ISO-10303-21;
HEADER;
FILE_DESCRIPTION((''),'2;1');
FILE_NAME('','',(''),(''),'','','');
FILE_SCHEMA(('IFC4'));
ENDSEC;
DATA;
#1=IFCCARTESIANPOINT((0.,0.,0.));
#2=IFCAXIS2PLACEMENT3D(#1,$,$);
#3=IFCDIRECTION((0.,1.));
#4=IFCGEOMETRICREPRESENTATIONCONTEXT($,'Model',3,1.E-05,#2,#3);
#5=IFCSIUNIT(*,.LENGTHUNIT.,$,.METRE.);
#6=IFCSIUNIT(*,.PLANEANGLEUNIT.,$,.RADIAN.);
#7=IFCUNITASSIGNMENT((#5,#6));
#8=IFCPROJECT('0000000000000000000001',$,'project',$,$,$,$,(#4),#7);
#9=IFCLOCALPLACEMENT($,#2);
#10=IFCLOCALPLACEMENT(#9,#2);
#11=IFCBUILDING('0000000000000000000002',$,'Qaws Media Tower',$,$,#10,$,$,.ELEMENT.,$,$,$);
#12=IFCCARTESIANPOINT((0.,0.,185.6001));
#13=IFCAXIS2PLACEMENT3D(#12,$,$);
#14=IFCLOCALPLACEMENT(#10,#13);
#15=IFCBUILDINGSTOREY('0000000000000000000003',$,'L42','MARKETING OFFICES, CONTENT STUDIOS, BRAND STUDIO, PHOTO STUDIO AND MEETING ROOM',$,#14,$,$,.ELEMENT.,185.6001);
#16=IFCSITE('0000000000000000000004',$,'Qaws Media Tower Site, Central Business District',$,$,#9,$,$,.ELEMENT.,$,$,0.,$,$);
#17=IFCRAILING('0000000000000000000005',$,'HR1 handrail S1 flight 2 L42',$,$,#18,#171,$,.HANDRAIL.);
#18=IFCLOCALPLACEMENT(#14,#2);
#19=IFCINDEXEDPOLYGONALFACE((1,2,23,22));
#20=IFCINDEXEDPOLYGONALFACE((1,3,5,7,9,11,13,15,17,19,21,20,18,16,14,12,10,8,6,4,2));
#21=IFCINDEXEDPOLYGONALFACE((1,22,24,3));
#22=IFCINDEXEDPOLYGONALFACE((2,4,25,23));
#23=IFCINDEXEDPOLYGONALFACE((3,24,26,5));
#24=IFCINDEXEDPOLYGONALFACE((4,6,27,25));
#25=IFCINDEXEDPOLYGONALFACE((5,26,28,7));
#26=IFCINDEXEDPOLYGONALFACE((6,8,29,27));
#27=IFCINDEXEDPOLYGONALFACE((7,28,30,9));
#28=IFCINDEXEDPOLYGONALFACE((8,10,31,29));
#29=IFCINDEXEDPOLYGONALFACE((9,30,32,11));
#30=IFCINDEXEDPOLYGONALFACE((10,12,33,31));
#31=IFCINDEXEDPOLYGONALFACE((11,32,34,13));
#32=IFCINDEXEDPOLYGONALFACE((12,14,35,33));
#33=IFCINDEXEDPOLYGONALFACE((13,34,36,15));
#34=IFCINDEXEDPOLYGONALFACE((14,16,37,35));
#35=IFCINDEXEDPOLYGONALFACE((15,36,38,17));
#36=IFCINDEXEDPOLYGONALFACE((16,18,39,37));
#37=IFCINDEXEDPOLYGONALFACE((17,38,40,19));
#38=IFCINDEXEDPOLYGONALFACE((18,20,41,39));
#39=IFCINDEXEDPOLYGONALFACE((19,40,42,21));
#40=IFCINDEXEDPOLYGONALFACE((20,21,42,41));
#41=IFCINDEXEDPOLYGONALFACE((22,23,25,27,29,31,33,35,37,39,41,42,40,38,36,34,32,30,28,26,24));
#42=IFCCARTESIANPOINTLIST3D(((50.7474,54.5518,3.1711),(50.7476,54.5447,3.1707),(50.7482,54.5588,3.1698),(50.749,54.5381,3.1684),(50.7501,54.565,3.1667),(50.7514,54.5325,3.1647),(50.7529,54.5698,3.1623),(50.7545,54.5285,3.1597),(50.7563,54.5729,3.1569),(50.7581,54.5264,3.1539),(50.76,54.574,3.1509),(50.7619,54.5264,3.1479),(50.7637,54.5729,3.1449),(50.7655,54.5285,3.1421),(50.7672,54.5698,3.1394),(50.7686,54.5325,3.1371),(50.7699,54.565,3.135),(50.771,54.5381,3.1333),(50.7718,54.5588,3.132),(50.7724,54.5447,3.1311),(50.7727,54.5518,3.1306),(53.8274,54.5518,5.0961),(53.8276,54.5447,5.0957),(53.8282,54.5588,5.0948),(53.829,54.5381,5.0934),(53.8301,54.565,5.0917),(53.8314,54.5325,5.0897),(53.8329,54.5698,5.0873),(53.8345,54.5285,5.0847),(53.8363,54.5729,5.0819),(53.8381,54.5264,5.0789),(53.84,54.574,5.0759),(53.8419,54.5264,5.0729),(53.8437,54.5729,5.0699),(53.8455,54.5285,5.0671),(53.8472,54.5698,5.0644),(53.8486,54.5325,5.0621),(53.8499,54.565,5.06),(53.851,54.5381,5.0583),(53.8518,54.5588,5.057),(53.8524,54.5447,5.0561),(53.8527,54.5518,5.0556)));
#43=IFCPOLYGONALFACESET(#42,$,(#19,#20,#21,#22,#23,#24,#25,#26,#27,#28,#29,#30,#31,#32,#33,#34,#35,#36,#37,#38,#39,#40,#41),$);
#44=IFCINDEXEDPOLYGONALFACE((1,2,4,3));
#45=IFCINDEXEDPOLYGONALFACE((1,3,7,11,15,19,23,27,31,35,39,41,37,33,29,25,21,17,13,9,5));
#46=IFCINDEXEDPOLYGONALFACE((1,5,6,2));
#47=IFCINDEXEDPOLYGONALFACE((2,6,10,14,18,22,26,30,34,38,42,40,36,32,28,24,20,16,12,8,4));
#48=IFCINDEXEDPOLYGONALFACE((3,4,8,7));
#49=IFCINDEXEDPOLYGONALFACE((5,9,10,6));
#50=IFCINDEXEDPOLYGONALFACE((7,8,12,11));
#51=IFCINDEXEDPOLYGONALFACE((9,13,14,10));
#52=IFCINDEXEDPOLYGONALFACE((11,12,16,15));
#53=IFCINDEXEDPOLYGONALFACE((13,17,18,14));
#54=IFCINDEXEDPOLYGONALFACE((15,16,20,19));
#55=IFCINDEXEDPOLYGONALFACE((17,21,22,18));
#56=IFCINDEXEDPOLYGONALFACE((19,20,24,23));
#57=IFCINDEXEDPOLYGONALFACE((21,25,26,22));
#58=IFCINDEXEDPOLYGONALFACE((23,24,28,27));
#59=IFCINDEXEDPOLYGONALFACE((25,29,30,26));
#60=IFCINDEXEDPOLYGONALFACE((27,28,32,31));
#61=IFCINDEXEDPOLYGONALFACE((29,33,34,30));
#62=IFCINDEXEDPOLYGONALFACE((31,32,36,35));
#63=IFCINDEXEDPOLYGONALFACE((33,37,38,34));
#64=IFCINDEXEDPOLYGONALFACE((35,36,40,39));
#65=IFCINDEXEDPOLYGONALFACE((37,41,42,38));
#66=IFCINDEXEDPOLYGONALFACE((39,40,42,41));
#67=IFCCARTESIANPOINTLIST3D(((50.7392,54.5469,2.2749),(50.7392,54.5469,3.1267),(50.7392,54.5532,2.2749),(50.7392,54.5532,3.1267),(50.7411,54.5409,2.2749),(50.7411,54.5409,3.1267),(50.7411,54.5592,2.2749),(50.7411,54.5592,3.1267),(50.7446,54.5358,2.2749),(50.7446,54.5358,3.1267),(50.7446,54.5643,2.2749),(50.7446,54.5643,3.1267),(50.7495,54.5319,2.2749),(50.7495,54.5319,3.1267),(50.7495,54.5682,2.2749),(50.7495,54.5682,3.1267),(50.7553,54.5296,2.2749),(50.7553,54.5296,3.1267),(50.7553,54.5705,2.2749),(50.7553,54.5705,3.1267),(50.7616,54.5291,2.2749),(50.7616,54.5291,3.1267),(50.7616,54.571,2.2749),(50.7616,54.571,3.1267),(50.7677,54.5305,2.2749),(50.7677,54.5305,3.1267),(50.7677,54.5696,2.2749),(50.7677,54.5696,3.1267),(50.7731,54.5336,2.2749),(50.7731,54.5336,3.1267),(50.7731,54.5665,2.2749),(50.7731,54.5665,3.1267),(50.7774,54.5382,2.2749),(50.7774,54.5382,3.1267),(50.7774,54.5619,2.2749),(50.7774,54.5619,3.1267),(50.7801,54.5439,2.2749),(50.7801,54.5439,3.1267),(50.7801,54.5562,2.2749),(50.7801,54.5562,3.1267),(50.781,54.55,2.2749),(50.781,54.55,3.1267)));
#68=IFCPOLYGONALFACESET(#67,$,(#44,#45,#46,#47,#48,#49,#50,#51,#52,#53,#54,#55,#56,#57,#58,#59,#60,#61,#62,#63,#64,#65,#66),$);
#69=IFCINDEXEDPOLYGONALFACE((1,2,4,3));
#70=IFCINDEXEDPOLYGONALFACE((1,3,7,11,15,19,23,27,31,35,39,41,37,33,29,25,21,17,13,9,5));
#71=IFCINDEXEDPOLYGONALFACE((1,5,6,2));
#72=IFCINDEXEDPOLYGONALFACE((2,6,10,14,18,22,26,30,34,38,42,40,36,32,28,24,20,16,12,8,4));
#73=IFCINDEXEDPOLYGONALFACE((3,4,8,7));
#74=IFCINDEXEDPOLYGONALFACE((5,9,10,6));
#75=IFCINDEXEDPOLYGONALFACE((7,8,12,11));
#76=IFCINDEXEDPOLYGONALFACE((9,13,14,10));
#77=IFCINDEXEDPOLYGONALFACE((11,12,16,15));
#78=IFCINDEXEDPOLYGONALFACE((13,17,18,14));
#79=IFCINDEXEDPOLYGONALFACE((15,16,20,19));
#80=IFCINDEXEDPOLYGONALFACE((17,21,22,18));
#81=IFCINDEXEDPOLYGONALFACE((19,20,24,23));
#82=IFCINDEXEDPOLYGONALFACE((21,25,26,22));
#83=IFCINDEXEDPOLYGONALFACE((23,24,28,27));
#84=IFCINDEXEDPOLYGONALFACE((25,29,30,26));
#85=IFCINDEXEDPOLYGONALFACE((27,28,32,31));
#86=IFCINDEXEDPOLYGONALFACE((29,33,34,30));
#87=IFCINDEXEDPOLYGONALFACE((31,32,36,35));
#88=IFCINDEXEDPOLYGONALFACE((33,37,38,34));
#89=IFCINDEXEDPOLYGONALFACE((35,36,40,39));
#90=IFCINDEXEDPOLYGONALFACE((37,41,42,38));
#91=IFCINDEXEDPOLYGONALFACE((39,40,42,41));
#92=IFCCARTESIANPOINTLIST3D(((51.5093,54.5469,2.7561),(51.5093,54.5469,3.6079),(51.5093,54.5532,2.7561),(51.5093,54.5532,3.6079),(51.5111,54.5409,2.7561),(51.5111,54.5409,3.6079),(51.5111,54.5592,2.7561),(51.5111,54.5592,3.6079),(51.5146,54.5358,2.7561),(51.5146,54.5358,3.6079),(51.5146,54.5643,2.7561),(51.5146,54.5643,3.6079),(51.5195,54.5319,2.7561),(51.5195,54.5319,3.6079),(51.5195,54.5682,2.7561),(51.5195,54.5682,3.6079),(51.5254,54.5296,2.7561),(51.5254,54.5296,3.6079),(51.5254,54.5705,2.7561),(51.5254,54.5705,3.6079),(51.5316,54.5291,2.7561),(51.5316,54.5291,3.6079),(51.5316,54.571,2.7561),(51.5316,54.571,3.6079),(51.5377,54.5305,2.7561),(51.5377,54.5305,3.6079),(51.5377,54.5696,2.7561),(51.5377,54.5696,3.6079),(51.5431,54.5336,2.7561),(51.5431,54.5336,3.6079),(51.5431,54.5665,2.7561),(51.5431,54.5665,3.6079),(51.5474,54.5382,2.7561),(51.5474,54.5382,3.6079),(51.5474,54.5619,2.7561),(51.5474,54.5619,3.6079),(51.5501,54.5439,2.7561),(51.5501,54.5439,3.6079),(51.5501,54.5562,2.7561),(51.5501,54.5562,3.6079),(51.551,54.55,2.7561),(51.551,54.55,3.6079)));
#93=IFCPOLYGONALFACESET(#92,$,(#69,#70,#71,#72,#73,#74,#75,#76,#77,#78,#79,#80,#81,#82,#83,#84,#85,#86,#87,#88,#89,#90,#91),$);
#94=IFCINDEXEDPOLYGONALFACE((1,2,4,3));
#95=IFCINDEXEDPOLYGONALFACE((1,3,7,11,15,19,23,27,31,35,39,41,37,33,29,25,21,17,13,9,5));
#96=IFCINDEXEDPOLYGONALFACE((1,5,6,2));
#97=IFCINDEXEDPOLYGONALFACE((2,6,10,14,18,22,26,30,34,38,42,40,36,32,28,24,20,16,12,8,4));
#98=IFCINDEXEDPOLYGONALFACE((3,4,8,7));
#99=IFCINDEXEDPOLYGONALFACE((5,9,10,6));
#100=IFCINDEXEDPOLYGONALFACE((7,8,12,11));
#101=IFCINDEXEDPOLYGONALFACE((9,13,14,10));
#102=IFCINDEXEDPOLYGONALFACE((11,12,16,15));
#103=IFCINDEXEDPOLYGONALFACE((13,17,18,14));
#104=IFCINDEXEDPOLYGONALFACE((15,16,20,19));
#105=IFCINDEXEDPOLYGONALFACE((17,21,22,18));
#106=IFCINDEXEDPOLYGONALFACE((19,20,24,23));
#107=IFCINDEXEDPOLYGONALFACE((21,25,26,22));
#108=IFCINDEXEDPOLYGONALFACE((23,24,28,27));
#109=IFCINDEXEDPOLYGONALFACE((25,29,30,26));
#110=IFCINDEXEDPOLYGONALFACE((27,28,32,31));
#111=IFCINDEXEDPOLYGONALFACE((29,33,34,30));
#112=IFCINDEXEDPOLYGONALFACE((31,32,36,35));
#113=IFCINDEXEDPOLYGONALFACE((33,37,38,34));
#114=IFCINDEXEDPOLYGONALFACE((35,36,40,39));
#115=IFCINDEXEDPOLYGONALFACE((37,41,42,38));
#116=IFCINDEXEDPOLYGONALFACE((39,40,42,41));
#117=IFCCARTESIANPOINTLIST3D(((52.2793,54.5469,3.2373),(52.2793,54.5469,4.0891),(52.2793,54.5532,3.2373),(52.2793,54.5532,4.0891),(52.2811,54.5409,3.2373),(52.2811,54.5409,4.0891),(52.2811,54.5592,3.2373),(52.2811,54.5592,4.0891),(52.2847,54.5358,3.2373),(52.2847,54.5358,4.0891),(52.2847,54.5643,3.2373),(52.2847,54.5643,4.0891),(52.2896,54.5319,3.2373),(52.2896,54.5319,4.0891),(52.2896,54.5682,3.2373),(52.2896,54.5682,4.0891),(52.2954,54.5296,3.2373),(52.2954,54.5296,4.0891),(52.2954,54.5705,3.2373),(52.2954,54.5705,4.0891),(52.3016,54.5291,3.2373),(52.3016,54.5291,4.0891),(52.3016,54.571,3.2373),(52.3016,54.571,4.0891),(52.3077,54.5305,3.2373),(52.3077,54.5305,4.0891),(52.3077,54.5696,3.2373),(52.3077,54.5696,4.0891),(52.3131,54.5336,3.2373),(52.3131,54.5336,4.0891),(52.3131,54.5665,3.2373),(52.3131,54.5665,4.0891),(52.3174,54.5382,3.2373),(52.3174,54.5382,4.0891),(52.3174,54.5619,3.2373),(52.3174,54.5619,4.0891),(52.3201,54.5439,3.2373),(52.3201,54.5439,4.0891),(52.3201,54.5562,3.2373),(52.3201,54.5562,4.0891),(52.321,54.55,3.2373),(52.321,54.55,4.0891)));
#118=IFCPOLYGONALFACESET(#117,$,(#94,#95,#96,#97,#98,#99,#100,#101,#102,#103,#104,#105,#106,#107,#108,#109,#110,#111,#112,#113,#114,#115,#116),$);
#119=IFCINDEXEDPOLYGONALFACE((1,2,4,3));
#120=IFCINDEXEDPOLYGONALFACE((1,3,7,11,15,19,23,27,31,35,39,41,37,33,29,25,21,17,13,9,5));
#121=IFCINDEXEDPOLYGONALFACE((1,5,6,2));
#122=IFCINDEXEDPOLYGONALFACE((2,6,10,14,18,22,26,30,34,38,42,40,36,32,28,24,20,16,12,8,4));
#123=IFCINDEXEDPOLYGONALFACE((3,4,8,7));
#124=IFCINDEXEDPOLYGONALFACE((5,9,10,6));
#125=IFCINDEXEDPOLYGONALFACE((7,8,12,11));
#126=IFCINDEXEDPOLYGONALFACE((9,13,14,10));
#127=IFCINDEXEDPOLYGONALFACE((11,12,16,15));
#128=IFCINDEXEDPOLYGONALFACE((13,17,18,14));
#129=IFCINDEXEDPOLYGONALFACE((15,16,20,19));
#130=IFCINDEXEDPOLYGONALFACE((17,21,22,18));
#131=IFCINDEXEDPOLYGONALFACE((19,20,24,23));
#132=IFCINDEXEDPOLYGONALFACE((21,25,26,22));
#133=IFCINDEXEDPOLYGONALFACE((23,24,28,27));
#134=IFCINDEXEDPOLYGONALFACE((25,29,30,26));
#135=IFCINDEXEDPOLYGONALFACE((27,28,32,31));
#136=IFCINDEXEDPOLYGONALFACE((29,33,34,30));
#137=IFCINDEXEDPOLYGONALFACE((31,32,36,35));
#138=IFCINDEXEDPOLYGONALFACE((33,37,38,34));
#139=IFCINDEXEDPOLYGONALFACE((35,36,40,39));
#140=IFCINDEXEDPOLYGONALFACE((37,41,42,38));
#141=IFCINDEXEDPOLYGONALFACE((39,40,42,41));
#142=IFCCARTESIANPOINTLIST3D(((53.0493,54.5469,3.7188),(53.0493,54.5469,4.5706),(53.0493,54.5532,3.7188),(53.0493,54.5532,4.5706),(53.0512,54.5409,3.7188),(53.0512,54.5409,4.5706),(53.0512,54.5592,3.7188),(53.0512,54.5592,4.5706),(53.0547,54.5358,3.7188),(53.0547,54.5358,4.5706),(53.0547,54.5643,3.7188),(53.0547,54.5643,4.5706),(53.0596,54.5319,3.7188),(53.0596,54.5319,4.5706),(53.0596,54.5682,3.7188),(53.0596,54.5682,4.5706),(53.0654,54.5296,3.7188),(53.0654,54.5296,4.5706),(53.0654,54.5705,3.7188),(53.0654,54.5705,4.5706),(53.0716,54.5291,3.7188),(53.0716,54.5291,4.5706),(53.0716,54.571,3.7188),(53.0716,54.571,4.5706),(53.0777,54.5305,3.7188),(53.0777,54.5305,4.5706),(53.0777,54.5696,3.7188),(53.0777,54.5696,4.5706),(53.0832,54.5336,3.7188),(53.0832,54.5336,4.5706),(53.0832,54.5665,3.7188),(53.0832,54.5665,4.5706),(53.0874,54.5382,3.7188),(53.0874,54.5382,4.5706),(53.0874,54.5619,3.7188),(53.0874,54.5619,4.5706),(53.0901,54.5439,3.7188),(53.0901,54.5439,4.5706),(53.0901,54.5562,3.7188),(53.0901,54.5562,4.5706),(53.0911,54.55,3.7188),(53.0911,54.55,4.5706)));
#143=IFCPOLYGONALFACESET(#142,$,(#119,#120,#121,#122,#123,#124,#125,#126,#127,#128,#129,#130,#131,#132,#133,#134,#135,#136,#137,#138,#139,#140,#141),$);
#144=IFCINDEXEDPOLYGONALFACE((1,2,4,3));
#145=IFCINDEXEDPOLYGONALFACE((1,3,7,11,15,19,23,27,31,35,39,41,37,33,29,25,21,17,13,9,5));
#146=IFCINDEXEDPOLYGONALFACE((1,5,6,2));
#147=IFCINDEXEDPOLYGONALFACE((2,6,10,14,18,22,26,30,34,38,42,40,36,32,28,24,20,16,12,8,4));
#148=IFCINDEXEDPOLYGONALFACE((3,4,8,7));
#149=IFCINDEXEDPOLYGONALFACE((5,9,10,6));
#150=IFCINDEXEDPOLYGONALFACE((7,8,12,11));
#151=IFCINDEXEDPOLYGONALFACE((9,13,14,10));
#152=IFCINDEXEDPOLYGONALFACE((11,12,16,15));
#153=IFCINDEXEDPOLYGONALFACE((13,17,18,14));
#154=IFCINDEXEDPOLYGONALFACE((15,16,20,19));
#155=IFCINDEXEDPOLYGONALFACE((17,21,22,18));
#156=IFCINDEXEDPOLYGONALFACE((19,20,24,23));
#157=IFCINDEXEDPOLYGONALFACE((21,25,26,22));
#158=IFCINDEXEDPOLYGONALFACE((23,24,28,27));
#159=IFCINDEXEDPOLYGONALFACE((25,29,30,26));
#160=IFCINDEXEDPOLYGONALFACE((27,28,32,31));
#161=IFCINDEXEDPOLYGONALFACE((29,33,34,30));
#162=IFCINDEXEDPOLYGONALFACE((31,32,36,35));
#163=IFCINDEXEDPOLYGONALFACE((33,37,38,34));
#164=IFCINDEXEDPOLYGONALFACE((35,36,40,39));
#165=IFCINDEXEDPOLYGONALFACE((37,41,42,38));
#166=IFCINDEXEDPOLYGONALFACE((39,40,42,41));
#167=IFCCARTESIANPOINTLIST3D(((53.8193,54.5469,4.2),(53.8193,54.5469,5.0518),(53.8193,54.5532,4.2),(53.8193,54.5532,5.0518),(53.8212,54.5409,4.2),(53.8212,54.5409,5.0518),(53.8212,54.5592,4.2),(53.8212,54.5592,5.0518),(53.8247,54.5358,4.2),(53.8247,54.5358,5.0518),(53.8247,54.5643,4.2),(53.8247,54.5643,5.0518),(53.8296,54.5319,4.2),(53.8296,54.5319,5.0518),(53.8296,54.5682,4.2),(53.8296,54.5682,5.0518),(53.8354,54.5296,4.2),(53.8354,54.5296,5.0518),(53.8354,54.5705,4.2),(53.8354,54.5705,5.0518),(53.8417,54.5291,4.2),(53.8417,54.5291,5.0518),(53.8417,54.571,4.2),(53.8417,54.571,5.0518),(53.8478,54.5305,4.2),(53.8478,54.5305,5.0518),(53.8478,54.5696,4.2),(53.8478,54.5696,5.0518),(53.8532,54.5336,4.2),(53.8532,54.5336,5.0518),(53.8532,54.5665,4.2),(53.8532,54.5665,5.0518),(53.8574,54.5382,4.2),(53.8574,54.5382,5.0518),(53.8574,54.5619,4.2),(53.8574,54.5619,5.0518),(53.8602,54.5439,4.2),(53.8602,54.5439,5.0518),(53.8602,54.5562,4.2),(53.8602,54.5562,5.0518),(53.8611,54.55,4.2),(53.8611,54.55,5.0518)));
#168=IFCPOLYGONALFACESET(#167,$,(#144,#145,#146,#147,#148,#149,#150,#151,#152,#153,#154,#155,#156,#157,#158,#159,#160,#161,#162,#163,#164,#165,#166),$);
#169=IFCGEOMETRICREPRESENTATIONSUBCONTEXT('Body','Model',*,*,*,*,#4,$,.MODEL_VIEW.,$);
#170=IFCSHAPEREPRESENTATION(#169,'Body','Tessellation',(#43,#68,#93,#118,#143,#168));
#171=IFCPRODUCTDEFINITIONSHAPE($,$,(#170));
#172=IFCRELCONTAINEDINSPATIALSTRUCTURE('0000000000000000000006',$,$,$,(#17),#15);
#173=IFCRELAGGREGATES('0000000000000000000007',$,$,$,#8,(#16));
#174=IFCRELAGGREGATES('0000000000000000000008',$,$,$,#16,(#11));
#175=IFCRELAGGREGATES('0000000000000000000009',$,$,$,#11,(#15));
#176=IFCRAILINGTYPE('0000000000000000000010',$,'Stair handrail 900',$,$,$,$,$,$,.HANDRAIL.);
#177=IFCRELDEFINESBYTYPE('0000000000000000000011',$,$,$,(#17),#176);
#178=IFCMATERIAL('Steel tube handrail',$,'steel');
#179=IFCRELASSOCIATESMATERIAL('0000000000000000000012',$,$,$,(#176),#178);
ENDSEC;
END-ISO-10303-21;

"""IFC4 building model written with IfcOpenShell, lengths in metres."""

from ifc_helpers import new_model, si_unit, direction, frame, origin, origin_2d, place, context, subcontext, project, spatial, circle, extrude, material, type_object, element, save


model = new_model("IFC4")

# Units and contexts
model_context = context("Model", 3, precision=1e-05, world=origin(), true_north=direction((0.0, 1.0)))
body_context = subcontext(model_context, "Body", "Model", "MODEL_VIEW")
ifc_project = project(units=[si_unit("LENGTHUNIT", "METRE"), si_unit("PLANEANGLEUNIT", "RADIAN")], contexts=[model_context])

# Site, building, storey
site_placement = place(None, origin())
site = spatial("IfcSite", under=ifc_project, at=site_placement, Name="Qaws Media Tower Site, Central Business District", CompositionType="ELEMENT", RefElevation=0.0)
building_placement = place(site_placement, origin())
building = spatial("IfcBuilding", under=site, at=building_placement, Name="Qaws Media Tower", CompositionType="ELEMENT")
storey_placement = place(building_placement, frame((0.0, 0.0, 185.6001)))
storey = spatial("IfcBuildingStorey", under=building, at=storey_placement, Name="L42", Description="MARKETING OFFICES, CONTENT STUDIOS, BRAND STUDIO, PHOTO STUDIO AND MEETING ROOM", CompositionType="ELEMENT", Elevation=185.6001)

# Railing
ifc_material_1 = material(Name="Steel tube handrail", Category="steel")
railing_type = type_object("IfcRailingType", Name="Stair handrail 900", PredefinedType="HANDRAIL", material=ifc_material_1)
for number, where, name in (
    (1, (50.76, 54.55, 2.2749), "HR1 handrail S1 flight 2 L42"),
):
    element("IfcRailing", number, at=place(storey_placement, frame(where)), inside=storey, type_object=railing_type, Name=name, PredefinedType="HANDRAIL", context=body_context, shape_type="SweptSolid", body=[
        extrude(circle(Radius=0.0239, at=origin_2d()), frame((0.0, 0.0, 0.876), z_axis=(0.847998, 0.0, 0.529999), x_axis=(0.0, 1.0, 0.0)), (0.0, 0.0, 1.0), 3.6321),
        extrude(circle(Radius=0.021, at=origin_2d()), origin(), (0.0, 0.0, 1.0), 0.8518),
        extrude(circle(Radius=0.021, at=origin_2d()), frame((0.77, 0.0, 0.4812)), (0.0, 0.0, 1.0), 0.8518),
        extrude(circle(Radius=0.021, at=origin_2d()), frame((1.54, 0.0, 0.9624)), (0.0, 0.0, 1.0), 0.8518),
        extrude(circle(Radius=0.021, at=origin_2d()), frame((2.3101, 0.0, 1.4438)), (0.0, 0.0, 1.0), 0.8518),
        extrude(circle(Radius=0.021, at=origin_2d()), frame((3.0801, 0.0, 1.925)), (0.0, 0.0, 1.0), 0.8518),
    ])

save(model, "model.ifc")
